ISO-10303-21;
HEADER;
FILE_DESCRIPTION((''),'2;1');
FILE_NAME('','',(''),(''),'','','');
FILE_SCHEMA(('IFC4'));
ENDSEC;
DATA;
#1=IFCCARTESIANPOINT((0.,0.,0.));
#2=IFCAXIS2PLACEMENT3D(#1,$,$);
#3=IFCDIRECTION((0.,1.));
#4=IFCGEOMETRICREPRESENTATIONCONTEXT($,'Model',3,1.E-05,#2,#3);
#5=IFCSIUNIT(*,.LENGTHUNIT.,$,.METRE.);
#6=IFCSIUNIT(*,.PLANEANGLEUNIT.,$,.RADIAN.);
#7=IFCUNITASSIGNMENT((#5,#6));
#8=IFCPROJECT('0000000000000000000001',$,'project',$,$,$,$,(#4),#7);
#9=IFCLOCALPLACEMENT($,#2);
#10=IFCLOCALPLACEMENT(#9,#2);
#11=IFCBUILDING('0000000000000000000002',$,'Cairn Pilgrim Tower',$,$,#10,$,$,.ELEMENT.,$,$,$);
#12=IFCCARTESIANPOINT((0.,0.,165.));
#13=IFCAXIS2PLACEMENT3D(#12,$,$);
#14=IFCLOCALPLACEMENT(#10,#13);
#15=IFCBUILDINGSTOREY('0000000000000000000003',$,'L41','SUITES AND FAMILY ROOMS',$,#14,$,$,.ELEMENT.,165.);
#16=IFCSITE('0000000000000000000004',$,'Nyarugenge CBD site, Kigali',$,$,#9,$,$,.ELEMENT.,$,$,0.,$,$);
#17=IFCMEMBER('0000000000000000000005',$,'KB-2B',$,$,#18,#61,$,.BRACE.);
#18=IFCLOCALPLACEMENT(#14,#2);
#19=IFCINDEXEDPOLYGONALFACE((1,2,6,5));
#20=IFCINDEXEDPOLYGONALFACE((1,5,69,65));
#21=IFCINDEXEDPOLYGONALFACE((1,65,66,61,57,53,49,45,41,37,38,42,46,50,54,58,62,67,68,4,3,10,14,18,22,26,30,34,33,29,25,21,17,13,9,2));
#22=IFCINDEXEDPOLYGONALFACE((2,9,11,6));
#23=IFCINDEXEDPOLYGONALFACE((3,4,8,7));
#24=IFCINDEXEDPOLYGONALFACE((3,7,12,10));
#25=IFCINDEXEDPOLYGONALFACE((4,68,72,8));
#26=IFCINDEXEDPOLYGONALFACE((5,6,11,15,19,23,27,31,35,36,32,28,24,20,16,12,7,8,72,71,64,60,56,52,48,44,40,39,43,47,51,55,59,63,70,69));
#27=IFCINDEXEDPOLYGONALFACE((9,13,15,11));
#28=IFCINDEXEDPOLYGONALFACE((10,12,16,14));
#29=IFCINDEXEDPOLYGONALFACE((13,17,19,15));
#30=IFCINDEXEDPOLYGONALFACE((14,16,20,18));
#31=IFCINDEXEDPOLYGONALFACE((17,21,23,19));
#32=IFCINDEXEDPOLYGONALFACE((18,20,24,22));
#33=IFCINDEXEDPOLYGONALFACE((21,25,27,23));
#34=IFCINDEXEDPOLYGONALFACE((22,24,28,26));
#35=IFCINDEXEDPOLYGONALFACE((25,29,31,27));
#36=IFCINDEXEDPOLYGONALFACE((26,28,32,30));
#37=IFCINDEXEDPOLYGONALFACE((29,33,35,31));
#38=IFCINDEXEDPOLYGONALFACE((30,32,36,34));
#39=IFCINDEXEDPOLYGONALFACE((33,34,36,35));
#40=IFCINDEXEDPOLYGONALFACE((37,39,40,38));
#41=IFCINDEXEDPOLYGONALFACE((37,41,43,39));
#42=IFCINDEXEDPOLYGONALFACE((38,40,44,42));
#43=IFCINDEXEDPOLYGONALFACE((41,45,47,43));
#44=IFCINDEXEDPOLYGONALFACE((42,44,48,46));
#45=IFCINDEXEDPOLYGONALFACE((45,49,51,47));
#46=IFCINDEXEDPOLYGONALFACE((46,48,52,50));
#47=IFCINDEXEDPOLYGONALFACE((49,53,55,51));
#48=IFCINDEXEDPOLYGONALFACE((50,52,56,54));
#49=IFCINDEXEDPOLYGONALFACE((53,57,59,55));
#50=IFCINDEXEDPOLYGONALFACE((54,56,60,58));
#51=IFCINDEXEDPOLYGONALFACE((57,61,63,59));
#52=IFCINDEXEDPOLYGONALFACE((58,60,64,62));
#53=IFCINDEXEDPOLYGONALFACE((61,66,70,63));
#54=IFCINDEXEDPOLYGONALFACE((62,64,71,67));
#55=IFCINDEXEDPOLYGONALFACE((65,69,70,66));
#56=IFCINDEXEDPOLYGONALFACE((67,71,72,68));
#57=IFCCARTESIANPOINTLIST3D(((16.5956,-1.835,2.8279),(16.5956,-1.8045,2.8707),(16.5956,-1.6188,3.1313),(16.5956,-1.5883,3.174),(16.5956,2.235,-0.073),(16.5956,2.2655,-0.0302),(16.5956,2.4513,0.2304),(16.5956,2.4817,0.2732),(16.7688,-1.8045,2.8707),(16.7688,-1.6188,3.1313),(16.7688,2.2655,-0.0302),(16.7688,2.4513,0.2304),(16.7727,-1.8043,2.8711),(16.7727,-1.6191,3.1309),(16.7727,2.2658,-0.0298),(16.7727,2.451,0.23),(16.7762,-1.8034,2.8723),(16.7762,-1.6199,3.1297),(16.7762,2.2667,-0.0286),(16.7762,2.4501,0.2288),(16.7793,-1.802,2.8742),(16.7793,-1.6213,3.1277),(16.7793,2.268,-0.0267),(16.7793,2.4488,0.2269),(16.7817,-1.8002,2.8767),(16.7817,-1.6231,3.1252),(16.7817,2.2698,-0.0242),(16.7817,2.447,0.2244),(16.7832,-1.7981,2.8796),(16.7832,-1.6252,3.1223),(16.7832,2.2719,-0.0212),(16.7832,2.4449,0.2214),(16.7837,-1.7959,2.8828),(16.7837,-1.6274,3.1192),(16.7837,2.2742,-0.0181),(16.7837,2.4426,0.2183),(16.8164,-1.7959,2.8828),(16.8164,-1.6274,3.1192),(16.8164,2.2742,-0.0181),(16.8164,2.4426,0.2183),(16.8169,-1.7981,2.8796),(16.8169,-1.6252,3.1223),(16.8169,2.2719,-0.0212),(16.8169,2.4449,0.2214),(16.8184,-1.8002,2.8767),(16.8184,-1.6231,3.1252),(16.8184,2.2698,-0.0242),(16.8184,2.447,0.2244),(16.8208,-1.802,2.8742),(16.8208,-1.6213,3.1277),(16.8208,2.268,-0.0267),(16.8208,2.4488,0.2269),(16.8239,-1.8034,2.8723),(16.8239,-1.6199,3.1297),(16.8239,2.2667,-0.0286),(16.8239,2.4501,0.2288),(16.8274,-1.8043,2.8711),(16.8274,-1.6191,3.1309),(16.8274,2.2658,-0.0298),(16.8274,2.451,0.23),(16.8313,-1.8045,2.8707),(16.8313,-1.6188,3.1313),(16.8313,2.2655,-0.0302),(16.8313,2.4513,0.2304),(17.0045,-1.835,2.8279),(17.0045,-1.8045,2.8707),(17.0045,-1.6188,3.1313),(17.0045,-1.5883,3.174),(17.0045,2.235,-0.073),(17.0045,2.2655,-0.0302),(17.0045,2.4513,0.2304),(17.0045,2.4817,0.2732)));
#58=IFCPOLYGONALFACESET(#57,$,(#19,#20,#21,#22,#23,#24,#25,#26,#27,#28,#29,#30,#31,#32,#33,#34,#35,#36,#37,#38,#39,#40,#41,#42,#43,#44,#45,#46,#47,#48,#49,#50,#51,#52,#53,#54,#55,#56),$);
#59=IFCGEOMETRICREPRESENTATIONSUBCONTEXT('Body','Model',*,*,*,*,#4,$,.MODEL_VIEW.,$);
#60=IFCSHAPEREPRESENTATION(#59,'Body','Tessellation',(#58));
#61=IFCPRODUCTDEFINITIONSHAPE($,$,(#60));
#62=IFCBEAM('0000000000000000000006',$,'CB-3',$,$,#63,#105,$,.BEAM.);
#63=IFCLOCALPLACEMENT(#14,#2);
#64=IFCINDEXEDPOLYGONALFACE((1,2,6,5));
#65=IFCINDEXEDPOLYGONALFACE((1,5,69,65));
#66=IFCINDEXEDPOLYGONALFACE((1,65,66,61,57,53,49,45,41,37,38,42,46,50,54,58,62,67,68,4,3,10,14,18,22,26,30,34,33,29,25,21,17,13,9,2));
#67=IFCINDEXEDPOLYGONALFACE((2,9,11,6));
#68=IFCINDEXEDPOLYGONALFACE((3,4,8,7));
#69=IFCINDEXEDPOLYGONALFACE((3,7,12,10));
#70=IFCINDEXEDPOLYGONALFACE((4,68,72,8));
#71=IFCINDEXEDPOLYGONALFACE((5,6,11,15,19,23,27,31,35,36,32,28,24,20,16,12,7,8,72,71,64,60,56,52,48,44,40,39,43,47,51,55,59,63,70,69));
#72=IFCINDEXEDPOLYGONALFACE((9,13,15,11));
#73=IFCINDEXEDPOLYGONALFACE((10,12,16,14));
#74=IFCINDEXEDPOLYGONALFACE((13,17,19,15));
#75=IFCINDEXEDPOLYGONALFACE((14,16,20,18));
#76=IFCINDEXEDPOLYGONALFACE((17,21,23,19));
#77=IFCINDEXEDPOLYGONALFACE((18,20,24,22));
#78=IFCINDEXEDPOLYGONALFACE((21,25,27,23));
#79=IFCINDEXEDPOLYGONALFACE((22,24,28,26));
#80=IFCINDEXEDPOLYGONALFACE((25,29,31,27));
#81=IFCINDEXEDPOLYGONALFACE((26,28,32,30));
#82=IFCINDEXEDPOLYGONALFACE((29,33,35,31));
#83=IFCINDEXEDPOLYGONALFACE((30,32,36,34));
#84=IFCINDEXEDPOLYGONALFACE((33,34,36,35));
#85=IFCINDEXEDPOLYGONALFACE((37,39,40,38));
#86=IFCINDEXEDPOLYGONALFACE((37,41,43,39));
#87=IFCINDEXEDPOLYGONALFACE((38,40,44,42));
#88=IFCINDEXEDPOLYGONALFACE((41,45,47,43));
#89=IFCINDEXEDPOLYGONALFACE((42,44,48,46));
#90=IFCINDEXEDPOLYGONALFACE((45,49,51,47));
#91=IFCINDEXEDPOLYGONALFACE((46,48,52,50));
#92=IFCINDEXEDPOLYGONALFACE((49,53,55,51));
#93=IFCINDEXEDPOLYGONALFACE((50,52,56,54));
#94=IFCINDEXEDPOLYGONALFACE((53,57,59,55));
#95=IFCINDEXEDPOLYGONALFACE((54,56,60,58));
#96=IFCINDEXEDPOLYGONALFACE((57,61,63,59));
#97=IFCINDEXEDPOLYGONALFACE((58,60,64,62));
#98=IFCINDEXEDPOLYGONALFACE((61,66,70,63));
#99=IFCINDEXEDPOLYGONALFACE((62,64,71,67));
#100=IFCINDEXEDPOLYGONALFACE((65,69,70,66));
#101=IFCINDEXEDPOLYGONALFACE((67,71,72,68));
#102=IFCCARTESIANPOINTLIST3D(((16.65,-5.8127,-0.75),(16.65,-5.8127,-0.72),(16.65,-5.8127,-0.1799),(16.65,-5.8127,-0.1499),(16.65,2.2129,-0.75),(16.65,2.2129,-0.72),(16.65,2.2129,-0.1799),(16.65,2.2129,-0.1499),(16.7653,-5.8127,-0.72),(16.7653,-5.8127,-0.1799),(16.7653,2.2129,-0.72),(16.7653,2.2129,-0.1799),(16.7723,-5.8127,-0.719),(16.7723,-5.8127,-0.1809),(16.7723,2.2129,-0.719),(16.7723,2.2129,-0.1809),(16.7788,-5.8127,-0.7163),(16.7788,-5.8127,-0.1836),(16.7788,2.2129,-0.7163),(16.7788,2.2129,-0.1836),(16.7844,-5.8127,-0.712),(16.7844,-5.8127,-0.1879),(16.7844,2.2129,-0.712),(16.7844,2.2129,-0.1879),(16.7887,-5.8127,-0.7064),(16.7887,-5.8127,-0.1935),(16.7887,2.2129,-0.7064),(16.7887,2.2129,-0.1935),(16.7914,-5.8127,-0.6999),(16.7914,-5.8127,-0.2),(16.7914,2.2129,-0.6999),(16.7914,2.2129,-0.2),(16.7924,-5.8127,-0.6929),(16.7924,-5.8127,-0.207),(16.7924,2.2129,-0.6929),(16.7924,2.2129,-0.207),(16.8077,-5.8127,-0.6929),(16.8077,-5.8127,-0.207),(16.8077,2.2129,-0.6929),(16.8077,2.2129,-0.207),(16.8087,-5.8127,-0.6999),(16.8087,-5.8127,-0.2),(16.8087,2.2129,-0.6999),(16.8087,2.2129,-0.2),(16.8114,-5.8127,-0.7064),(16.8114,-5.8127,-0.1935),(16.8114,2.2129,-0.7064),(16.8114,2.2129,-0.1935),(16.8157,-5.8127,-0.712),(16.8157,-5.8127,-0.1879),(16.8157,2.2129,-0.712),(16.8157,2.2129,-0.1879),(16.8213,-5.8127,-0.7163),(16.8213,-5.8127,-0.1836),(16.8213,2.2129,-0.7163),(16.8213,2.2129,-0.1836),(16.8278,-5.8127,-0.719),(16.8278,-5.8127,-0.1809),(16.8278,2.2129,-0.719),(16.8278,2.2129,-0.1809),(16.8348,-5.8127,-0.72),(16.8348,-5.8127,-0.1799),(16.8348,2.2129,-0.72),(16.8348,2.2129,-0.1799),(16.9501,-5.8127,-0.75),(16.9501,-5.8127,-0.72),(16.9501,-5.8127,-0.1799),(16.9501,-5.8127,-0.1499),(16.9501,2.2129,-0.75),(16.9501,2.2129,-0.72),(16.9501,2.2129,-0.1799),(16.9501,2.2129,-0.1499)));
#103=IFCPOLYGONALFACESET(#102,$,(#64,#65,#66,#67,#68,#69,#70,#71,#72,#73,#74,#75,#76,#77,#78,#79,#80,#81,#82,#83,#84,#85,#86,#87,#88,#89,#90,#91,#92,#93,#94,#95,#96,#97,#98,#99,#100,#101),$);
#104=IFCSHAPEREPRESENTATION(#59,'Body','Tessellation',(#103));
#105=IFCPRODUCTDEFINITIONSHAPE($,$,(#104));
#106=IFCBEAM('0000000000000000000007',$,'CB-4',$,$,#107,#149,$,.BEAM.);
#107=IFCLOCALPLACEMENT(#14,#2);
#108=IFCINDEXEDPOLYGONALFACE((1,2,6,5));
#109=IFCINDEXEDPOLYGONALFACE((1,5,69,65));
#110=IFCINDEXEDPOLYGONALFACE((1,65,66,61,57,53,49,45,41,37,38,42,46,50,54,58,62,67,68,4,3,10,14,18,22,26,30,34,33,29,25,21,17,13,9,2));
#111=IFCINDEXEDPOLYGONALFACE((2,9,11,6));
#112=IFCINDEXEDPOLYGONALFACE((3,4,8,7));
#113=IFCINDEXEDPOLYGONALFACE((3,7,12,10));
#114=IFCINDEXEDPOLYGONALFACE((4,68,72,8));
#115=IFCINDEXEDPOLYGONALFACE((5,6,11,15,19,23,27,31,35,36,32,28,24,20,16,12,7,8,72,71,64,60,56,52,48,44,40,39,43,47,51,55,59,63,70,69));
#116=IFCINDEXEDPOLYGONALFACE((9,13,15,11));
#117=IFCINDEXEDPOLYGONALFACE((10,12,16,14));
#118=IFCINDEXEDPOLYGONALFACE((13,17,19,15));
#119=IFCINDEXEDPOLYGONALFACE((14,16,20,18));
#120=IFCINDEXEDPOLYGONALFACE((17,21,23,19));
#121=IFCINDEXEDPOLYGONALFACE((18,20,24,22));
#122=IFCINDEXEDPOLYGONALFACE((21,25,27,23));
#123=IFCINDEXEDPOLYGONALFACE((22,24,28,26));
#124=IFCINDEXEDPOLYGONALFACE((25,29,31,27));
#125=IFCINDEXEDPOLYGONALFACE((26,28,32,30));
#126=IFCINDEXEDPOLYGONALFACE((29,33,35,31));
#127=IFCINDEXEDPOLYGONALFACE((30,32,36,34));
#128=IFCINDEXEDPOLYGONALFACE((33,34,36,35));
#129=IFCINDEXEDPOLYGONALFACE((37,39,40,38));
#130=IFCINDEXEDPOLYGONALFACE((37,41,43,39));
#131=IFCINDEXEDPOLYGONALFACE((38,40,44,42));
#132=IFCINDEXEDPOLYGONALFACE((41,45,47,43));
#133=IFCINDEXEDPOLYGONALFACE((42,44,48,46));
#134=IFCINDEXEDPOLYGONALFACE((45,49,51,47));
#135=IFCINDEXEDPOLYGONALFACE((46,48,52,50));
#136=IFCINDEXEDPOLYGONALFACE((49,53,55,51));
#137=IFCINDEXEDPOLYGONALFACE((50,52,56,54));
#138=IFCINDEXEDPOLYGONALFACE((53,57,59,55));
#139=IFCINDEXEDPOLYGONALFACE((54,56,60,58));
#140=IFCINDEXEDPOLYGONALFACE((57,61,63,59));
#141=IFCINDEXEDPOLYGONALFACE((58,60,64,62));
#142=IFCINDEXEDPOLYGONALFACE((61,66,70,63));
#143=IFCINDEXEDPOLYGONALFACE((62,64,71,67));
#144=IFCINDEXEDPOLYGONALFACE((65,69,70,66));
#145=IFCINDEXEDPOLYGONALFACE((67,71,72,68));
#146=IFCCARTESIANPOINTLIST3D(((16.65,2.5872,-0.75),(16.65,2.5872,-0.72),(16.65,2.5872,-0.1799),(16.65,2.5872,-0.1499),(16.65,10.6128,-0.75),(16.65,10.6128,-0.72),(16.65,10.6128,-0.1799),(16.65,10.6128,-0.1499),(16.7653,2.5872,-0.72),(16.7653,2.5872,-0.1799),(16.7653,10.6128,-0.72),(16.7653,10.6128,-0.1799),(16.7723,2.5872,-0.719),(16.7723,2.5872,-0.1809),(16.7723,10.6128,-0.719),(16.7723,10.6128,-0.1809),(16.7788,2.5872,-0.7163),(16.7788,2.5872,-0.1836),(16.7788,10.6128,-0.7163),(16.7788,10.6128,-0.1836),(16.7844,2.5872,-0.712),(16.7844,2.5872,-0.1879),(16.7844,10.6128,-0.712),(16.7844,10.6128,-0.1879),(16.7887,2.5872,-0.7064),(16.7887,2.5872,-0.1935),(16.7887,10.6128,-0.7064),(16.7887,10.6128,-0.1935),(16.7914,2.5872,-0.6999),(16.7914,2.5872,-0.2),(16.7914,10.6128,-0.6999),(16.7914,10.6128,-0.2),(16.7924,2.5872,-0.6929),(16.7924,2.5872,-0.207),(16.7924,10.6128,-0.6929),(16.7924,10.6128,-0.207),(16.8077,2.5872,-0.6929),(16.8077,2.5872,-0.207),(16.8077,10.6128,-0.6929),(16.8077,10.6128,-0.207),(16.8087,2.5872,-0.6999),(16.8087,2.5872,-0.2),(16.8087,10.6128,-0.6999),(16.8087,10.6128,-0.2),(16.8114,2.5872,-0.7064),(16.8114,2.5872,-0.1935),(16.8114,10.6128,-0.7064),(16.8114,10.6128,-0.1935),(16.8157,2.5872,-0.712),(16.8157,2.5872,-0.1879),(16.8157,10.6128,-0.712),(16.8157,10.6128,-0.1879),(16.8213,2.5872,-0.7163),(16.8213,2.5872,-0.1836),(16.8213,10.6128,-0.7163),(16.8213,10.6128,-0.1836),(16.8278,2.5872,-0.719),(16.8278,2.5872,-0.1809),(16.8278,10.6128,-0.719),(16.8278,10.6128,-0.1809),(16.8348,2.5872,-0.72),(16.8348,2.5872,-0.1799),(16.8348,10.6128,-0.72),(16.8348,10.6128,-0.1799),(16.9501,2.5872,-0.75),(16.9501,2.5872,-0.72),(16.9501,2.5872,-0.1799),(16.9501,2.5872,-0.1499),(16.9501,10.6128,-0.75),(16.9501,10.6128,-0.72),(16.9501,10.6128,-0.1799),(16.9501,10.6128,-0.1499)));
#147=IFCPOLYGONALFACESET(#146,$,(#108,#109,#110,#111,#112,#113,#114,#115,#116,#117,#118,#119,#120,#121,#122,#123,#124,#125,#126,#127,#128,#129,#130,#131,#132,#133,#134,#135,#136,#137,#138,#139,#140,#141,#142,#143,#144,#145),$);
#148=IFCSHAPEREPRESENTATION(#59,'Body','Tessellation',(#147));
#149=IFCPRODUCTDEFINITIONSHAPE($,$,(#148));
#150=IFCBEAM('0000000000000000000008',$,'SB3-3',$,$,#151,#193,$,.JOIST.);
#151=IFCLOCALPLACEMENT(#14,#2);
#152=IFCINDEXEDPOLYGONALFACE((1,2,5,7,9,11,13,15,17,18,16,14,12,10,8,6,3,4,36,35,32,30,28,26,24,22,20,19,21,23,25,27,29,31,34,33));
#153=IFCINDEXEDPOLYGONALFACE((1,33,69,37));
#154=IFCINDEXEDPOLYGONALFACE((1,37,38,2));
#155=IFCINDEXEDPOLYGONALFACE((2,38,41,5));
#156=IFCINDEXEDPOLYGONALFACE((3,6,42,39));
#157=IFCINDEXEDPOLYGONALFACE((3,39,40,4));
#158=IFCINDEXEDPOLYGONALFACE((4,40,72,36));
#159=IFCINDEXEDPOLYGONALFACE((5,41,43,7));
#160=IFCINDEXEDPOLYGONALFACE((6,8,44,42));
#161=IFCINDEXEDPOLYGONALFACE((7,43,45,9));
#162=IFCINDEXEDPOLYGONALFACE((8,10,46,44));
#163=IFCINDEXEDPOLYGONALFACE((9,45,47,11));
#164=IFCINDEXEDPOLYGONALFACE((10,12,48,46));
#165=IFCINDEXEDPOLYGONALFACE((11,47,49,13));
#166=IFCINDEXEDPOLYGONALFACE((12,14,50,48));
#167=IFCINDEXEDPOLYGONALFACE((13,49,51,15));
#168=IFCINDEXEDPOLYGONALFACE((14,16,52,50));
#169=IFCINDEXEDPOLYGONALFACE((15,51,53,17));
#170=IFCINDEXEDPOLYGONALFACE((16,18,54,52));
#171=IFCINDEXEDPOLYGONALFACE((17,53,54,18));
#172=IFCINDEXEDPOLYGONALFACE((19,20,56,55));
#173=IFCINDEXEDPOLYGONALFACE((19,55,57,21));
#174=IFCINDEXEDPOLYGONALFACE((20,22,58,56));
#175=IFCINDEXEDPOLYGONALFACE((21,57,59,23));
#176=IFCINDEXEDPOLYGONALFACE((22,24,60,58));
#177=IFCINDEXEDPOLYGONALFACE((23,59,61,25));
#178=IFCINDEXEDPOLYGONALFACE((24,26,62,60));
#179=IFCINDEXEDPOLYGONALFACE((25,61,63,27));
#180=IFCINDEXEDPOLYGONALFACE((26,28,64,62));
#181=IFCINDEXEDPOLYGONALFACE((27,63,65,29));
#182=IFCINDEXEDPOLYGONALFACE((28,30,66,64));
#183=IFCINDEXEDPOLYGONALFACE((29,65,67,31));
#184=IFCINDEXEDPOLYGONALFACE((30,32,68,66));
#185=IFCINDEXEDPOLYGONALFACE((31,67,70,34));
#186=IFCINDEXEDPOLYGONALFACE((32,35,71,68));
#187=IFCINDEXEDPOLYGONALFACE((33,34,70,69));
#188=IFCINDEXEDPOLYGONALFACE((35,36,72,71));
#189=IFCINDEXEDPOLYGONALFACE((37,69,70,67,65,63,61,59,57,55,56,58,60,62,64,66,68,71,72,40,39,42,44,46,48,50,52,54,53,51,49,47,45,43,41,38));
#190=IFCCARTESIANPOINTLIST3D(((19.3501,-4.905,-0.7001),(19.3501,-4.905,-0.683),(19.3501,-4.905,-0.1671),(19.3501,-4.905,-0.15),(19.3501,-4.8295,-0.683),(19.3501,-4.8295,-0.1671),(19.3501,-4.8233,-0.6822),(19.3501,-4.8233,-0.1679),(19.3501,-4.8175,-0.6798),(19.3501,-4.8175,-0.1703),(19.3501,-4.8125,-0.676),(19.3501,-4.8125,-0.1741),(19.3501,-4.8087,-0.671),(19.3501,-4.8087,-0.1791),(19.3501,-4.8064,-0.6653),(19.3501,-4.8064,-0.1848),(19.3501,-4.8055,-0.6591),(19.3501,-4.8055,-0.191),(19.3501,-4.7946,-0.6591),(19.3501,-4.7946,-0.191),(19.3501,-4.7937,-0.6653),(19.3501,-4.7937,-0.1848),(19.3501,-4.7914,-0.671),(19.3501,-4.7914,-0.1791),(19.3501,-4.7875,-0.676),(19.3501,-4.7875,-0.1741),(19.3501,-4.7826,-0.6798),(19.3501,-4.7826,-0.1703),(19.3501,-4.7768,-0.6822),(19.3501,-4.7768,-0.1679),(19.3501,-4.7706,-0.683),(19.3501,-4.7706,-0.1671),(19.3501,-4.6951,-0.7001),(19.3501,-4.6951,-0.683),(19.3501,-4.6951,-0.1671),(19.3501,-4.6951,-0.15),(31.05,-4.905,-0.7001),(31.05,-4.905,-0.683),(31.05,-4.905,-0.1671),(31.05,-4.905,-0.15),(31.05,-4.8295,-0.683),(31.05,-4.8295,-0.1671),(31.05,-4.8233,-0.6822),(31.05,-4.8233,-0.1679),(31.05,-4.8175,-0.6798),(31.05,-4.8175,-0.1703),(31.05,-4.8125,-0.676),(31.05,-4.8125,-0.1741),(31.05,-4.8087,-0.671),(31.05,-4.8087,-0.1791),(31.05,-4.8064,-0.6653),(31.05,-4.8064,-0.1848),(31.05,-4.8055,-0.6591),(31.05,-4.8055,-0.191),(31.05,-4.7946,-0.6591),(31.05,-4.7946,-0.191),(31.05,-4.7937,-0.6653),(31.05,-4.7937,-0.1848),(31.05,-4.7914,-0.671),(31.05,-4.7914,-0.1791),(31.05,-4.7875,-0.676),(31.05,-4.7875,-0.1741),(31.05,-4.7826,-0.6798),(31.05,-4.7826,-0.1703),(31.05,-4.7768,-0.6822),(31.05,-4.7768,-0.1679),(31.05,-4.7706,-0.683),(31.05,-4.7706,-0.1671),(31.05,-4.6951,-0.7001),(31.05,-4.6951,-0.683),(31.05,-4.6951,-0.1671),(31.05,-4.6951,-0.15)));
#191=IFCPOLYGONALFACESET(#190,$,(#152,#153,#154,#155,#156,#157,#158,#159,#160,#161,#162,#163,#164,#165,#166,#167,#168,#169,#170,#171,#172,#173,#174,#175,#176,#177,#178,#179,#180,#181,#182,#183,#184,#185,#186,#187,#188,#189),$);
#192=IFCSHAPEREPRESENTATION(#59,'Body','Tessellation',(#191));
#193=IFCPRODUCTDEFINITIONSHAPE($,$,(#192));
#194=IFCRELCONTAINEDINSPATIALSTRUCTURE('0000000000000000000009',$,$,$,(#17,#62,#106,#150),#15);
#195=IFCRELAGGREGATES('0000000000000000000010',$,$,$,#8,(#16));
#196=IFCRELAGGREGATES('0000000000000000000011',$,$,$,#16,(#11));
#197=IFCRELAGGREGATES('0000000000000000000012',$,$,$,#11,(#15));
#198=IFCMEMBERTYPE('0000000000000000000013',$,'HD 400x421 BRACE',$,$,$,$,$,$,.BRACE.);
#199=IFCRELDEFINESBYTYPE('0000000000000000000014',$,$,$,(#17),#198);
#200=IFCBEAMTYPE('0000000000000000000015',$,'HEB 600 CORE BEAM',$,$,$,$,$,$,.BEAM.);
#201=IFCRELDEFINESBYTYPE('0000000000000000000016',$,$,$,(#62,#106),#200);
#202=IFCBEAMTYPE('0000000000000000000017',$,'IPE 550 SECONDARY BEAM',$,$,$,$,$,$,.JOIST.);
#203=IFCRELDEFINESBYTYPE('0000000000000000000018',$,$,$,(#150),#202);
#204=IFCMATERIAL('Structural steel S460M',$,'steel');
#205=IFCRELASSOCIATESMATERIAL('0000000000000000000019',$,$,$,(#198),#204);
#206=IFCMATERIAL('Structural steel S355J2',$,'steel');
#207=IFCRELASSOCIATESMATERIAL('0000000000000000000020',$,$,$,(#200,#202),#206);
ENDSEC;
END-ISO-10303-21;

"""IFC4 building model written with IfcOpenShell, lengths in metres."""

from ifc_helpers import new_model, si_unit, direction, frame, origin, origin_2d, place, context, subcontext, project, spatial, i_section, extrude, material, material_profile, profile_set, type_object, element, save


model = new_model("IFC4")

# Units and contexts
model_context = context("Model", 3, precision=1e-05, world=origin(), true_north=direction((0.0, 1.0)))
body_context = subcontext(model_context, "Body", "Model", "MODEL_VIEW")
ifc_project = project(units=[si_unit("LENGTHUNIT", "METRE"), si_unit("PLANEANGLEUNIT", "RADIAN")], contexts=[model_context])

# Site, building, storey
site_placement = place(None, origin())
site = spatial("IfcSite", under=ifc_project, at=site_placement, Name="Nyarugenge CBD site, Kigali", CompositionType="ELEMENT", RefElevation=0.0)
building_placement = place(site_placement, origin())
building = spatial("IfcBuilding", under=site, at=building_placement, Name="Cairn Pilgrim Tower", CompositionType="ELEMENT")
storey_placement = place(building_placement, frame((0.0, 0.0, 165.0)))
storey = spatial("IfcBuildingStorey", under=building, at=storey_placement, Name="L41", Description="SUITES AND FAMILY ROOMS", CompositionType="ELEMENT", Elevation=165.0)

# Shared definitions
ifc_material_1 = material(Name="Structural steel S355J2", Category="steel")
ifc_material_2 = material(Name="Structural steel S460M", Category="steel")

# Member
ifc_material_profile_1 = material_profile(ifc_material_2, i_section(OverallWidth=0.4089, OverallDepth=0.425, WebThickness=0.0327, FlangeThickness=0.0525, FilletRadius=0.0149, at=origin_2d()), Name="HD 400x421")
ifc_profile_set_1 = profile_set([ifc_material_profile_1], Name="Structural steel S460M")
member_type = type_object("IfcMemberType", Name="HD 400x421 BRACE", PredefinedType="BRACE", material=ifc_profile_set_1)
member_1_placement = place(storey_placement, frame((16.8, 2.3584, 0.1001), z_axis=(0.0, -0.81433, 0.580402), x_axis=(1.0, 0.0, 0.0)))
element("IfcMember", 1, at=member_1_placement, inside=storey, type_object=member_type, Name="KB-2B", PredefinedType="BRACE", context=body_context, shape_type="SweptSolid", body=[
    extrude(i_section(OverallWidth=0.4089, OverallDepth=0.425, WebThickness=0.0327, FlangeThickness=0.0525, FilletRadius=0.0149, at=origin_2d()), origin(), (0.0, 0.0, 1.0), 4.998),
])

# Beams
ifc_material_profile_2 = material_profile(ifc_material_1, i_section(OverallWidth=0.3, OverallDepth=0.6001, WebThickness=0.0154, FlangeThickness=0.03, FilletRadius=0.0271, at=origin_2d()), Name="HEB 600")
ifc_profile_set_2 = profile_set([ifc_material_profile_2], Name="Structural steel S355J2")
beam_type_1 = type_object("IfcBeamType", Name="HEB 600 CORE BEAM", PredefinedType="BEAM", material=ifc_profile_set_2)
for number, where, z_axis, x_axis, name in (
    (2, (16.8, -5.8127, -0.45), (0.0, 1.0, 0.0), (-1.0, 0.0, 0.0), "CB-3"),
    (3, (16.8, 2.5872, -0.45), (0.0, 1.0, 0.0), (-1.0, 0.0, 0.0), "CB-4"),
):
    element("IfcBeam", number, at=place(storey_placement, frame(where, z_axis=z_axis, x_axis=x_axis)), inside=storey, type_object=beam_type_1, Name=name, PredefinedType="BEAM", context=body_context, shape_type="SweptSolid", body=[
        extrude(i_section(OverallWidth=0.3, OverallDepth=0.6001, WebThickness=0.0154, FlangeThickness=0.03, FilletRadius=0.0271, at=origin_2d()), origin(), (0.0, 0.0, 1.0), 8.0256),
    ])
ifc_material_profile_3 = material_profile(ifc_material_1, i_section(OverallWidth=0.21, OverallDepth=0.55, WebThickness=0.011, FlangeThickness=0.0171, FilletRadius=0.0239, at=origin_2d()), Name="IPE 550")
ifc_profile_set_3 = profile_set([ifc_material_profile_3], Name="Structural steel S355J2")
beam_type_2 = type_object("IfcBeamType", Name="IPE 550 SECONDARY BEAM", PredefinedType="JOIST", material=ifc_profile_set_3)
beam_placement = place(storey_placement, frame((19.3501, -4.8, -0.425), z_axis=(1.0, 0.0, 0.0), x_axis=(0.0, 1.0, 0.0)))
element("IfcBeam", 4, at=beam_placement, inside=storey, type_object=beam_type_2, Name="SB3-3", PredefinedType="JOIST", context=body_context, shape_type="SweptSolid", body=[
    extrude(i_section(OverallWidth=0.21, OverallDepth=0.55, WebThickness=0.011, FlangeThickness=0.0171, FilletRadius=0.0239, at=origin_2d()), origin(), (0.0, 0.0, 1.0), 11.7),
])

save(model, "model.ifc")
